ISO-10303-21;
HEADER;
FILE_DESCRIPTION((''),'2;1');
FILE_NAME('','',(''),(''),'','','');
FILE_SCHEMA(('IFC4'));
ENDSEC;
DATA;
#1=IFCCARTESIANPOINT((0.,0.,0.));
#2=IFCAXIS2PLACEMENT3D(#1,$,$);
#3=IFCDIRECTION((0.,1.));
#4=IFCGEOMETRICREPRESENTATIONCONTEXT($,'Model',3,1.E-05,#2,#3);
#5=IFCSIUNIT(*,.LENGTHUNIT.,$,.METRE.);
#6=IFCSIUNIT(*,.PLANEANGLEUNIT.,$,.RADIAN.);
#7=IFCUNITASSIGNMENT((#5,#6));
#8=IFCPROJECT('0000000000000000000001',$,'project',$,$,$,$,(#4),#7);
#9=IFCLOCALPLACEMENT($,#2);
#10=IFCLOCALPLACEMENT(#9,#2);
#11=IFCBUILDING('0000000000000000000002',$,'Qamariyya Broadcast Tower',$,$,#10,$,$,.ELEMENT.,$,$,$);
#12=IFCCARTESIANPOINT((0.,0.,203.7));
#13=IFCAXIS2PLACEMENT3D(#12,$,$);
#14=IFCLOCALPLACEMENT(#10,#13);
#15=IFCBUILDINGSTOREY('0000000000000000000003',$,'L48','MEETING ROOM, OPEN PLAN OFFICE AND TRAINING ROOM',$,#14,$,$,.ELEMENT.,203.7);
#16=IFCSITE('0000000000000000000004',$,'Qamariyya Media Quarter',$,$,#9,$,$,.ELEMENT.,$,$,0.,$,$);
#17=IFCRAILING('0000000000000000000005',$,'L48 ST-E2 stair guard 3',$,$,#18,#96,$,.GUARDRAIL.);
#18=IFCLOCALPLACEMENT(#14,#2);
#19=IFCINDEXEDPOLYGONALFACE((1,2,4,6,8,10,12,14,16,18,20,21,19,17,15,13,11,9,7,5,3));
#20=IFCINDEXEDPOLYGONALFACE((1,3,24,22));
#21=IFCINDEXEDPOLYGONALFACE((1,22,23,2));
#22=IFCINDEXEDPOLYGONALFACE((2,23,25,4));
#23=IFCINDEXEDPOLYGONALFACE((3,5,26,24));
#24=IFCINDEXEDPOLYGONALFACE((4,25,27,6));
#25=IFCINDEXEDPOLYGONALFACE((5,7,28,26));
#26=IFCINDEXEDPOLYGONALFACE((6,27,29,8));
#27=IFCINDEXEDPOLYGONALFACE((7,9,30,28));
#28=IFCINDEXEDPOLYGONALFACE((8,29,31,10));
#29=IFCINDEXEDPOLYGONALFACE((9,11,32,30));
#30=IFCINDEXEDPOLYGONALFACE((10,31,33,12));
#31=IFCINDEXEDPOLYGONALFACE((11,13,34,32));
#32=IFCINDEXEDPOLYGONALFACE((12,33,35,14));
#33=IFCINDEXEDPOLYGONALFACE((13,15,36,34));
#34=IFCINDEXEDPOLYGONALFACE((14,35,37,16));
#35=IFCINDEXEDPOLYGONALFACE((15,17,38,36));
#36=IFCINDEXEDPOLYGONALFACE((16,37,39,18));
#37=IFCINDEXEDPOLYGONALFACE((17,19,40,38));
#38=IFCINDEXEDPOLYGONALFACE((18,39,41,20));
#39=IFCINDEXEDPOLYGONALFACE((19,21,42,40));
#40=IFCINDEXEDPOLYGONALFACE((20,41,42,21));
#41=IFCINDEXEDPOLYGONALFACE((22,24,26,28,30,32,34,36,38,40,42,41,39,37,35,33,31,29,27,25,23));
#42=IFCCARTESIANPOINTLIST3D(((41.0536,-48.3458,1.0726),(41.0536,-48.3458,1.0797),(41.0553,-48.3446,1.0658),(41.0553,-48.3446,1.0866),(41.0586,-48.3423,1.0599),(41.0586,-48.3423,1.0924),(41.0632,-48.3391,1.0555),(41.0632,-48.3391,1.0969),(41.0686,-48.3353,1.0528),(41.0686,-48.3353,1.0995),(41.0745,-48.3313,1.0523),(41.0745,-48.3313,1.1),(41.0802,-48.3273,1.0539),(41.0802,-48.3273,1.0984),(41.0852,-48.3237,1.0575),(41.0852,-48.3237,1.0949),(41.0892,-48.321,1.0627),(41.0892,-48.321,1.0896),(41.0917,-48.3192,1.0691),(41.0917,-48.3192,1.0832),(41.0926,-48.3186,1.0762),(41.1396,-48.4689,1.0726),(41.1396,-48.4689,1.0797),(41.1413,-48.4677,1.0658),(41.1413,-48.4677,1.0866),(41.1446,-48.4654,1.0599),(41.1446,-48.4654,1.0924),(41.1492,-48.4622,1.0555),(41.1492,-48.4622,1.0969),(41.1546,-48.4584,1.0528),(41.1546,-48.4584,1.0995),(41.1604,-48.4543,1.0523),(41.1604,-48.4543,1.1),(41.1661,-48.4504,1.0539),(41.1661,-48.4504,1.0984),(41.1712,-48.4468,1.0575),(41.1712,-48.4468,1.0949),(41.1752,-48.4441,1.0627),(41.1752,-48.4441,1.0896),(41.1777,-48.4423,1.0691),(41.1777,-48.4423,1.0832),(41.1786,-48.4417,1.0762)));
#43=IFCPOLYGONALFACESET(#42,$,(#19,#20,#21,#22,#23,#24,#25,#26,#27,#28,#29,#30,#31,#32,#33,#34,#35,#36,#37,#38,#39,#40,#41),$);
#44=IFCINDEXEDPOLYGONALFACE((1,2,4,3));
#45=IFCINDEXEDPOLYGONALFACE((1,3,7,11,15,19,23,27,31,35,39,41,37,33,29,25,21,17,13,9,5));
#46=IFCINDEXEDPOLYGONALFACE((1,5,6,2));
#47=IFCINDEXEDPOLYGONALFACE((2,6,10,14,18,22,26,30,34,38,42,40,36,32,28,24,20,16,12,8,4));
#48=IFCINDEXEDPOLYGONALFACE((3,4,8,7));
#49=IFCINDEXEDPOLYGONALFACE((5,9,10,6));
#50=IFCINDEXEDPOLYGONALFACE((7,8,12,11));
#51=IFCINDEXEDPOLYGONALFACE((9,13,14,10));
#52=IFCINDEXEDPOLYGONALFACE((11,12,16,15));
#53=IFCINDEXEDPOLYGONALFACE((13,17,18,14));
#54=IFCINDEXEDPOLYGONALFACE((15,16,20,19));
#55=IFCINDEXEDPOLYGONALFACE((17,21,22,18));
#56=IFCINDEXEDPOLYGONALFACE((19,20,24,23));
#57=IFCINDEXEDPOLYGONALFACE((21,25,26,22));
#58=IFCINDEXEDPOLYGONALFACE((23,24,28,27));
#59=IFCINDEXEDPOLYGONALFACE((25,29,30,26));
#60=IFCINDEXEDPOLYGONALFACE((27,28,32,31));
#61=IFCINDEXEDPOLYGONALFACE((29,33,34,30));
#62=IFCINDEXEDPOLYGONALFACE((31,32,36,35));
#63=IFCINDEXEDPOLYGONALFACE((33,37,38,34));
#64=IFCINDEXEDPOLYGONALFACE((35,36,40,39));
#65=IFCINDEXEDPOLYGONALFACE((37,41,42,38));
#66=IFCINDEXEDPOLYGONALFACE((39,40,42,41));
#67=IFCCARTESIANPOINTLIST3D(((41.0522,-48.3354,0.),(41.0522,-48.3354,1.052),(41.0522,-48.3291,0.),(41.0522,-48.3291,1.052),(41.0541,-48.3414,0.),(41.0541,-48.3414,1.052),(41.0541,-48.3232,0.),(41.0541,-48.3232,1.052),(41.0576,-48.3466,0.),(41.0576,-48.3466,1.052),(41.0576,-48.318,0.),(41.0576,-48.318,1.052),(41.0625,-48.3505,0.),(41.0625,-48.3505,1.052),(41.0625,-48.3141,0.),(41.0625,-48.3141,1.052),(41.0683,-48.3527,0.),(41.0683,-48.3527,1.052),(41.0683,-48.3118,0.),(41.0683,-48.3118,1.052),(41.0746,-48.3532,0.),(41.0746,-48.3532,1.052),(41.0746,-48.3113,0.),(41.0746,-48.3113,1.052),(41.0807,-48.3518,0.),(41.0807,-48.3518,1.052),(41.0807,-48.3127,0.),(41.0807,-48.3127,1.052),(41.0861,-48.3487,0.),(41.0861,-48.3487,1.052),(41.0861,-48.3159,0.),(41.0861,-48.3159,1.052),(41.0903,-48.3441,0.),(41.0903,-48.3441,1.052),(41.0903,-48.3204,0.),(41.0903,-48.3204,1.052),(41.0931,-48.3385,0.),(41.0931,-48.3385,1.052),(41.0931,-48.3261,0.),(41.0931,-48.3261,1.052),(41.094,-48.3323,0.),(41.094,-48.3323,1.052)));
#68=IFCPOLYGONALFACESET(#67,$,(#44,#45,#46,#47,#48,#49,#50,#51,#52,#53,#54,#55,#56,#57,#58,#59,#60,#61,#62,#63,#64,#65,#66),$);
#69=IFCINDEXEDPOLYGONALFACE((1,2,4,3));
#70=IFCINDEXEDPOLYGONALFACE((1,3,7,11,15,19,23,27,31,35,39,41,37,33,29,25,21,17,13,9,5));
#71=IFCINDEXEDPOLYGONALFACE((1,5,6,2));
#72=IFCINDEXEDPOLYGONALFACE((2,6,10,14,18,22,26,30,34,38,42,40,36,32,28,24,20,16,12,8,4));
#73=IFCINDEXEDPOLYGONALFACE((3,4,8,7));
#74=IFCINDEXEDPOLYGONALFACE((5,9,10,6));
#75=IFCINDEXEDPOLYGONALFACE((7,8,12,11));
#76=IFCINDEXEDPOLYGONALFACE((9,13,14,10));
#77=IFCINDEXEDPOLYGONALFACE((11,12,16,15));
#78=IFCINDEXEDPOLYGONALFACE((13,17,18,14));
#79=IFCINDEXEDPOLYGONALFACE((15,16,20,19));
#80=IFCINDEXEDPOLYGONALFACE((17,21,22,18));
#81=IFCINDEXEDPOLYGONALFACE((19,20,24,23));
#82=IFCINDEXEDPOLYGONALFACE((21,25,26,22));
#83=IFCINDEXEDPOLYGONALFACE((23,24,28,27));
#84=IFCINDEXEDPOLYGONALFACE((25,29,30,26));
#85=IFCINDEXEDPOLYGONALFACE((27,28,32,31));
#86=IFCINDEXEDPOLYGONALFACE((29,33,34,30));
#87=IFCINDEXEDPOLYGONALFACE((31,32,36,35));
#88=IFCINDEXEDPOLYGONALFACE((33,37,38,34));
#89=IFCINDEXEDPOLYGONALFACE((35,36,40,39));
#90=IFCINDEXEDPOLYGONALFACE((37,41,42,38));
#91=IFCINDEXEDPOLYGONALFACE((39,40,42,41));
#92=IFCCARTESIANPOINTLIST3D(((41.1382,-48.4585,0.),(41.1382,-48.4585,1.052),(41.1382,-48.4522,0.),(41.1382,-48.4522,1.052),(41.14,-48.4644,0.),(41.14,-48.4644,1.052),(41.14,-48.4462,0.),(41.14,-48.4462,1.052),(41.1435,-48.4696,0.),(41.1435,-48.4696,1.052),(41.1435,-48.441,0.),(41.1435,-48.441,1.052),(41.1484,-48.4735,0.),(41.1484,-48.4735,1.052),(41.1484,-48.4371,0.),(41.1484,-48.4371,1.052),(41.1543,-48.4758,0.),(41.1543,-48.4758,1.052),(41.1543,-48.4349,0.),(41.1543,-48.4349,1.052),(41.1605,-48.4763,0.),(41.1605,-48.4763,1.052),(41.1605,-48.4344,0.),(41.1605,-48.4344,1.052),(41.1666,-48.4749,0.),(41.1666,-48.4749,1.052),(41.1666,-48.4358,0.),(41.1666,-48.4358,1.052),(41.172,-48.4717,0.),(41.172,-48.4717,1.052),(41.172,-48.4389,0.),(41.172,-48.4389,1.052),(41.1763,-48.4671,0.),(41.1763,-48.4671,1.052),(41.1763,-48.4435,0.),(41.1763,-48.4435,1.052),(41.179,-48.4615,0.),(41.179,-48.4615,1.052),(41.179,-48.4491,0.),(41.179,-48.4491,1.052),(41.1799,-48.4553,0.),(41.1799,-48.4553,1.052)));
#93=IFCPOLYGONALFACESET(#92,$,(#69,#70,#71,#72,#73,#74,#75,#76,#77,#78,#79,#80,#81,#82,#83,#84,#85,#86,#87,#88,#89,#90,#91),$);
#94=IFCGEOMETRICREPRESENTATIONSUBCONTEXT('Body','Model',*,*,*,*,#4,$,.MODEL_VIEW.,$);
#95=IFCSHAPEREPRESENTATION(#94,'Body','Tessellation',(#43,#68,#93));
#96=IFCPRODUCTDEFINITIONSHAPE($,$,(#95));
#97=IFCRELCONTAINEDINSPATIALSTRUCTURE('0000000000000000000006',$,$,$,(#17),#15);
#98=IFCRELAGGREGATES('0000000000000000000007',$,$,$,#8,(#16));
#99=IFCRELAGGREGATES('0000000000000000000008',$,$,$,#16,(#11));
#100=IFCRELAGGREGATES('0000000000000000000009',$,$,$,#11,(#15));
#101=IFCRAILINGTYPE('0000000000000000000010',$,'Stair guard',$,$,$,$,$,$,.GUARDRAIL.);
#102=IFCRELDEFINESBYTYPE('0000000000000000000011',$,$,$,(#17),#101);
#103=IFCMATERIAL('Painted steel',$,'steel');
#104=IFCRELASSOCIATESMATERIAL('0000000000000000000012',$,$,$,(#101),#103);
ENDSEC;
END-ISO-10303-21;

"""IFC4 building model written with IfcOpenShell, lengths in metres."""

from ifc_helpers import new_model, si_unit, direction, frame, origin, origin_2d, place, context, subcontext, project, spatial, circle, extrude, material, type_object, element, save


model = new_model("IFC4")

# Units and contexts
model_context = context("Model", 3, precision=1e-05, world=origin(), true_north=direction((0.0, 1.0)))
body_context = subcontext(model_context, "Body", "Model", "MODEL_VIEW")
ifc_project = project(units=[si_unit("LENGTHUNIT", "METRE"), si_unit("PLANEANGLEUNIT", "RADIAN")], contexts=[model_context])

# Site, building, storey
site_placement = place(None, origin())
site = spatial("IfcSite", under=ifc_project, at=site_placement, Name="Qamariyya Media Quarter", CompositionType="ELEMENT", RefElevation=0.0)
building_placement = place(site_placement, origin())
building = spatial("IfcBuilding", under=site, at=building_placement, Name="Qamariyya Broadcast Tower", CompositionType="ELEMENT")
storey_placement = place(building_placement, frame((0.0, 0.0, 203.7)))
storey = spatial("IfcBuildingStorey", under=building, at=storey_placement, Name="L48", Description="MEETING ROOM, OPEN PLAN OFFICE AND TRAINING ROOM", CompositionType="ELEMENT", Elevation=203.7)

# Railing
ifc_material_1 = material(Name="Painted steel", Category="steel")
railing_type_1 = type_object("IfcRailingType", Name="Stair guard", PredefinedType="GUARDRAIL", material=ifc_material_1)
railing_1_placement = place(storey_placement, frame((41.073, -48.3323, 0.0)))
element("IfcRailing", 1, at=railing_1_placement, inside=storey, type_object=railing_type_1, Name="L48 ST-E2 stair guard 3", PredefinedType="GUARDRAIL", context=body_context, shape_type="SweptSolid", body=[
    extrude(circle(Radius=0.0239, at=origin_2d()), frame((0.0, 0.0, 1.0762), z_axis=(0.572589, -0.819843, 0.0), x_axis=(0.819843, 0.572589, 0.0)), (0.0, 0.0, 1.0), 0.1501),
    extrude(circle(Radius=0.021, at=origin_2d()), origin(), (0.0, 0.0, 1.0), 1.052),
    extrude(circle(Radius=0.021, at=origin_2d()), frame((0.0859, -0.123, 0.0)), (0.0, 0.0, 1.0), 1.052),
])

save(model, "model.ifc")
